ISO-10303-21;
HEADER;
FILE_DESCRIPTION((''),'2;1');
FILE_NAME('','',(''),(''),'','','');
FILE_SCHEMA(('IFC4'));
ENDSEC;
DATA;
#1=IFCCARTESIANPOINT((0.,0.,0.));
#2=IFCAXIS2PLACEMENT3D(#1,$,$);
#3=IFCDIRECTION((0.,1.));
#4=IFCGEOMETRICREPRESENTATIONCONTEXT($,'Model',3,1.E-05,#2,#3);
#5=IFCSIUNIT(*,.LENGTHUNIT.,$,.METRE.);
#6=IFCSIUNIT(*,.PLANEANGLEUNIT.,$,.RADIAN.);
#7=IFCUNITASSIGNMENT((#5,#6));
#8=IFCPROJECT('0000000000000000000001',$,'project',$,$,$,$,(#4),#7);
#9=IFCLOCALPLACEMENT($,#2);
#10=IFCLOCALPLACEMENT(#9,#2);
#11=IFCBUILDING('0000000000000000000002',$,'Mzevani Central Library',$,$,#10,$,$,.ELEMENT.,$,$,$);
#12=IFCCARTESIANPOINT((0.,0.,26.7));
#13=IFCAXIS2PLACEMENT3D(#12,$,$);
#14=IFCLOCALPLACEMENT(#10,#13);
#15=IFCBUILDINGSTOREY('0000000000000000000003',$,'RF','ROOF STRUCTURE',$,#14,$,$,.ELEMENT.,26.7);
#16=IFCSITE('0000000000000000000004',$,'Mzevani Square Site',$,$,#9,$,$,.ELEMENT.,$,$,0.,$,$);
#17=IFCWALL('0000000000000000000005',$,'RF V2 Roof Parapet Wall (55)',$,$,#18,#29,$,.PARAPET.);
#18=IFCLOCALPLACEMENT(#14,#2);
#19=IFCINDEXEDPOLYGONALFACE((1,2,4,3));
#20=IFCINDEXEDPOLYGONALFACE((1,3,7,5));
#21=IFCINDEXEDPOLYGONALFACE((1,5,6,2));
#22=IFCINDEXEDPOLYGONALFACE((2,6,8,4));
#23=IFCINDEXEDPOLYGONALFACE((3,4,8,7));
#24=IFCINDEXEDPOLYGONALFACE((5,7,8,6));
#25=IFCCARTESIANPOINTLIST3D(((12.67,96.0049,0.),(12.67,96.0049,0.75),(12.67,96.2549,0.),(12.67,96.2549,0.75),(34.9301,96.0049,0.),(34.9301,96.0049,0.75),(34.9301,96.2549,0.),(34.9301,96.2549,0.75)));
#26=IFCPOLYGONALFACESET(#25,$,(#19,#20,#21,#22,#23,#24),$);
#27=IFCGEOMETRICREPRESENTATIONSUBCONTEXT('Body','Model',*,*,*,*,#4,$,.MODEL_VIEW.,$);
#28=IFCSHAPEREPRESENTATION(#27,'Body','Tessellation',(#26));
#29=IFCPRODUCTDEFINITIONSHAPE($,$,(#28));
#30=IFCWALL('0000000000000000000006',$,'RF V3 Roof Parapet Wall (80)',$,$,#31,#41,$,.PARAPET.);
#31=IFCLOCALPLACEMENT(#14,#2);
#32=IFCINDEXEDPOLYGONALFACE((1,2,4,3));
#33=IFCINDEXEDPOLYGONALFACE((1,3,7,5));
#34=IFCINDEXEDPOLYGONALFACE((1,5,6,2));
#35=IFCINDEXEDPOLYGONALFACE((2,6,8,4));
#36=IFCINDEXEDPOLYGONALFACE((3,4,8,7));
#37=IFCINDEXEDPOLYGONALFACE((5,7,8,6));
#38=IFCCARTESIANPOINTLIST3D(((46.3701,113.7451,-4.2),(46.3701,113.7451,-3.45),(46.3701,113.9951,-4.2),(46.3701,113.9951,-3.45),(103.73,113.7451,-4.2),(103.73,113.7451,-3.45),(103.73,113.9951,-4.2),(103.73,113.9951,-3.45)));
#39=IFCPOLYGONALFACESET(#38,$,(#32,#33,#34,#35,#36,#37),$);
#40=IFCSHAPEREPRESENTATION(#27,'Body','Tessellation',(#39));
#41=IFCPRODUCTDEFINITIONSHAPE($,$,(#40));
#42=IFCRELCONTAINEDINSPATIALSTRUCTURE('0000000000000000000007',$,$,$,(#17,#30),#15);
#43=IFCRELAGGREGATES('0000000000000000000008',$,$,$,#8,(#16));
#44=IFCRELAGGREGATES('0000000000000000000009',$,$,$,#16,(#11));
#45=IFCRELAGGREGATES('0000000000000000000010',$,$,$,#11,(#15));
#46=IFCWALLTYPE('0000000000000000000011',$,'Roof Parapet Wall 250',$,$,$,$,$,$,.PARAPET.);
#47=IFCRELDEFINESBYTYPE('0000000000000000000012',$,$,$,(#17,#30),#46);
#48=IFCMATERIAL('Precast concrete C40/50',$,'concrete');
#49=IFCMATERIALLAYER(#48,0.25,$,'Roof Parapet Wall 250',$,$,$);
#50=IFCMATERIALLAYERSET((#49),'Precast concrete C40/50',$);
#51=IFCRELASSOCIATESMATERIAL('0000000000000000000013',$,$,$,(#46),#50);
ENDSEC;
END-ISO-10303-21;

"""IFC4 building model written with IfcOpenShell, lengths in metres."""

from ifc_helpers import new_model, si_unit, direction, frame, frame_2d, origin, place, context, subcontext, project, spatial, rectangle, extrude, material, layer, layer_set, type_object, element, save


model = new_model("IFC4")

# Units and contexts
model_context = context("Model", 3, precision=1e-05, world=origin(), true_north=direction((0.0, 1.0)))
body_context = subcontext(model_context, "Body", "Model", "MODEL_VIEW")
ifc_project = project(units=[si_unit("LENGTHUNIT", "METRE"), si_unit("PLANEANGLEUNIT", "RADIAN")], contexts=[model_context])

# Site, building, storey
site_placement = place(None, origin())
site = spatial("IfcSite", under=ifc_project, at=site_placement, Name="Mzevani Square Site", CompositionType="ELEMENT", RefElevation=0.0)
building_placement = place(site_placement, origin())
building = spatial("IfcBuilding", under=site, at=building_placement, Name="Mzevani Central Library", CompositionType="ELEMENT")
storey_placement = place(building_placement, frame((0.0, 0.0, 26.7)))
storey = spatial("IfcBuildingStorey", under=building, at=storey_placement, Name="RF", Description="ROOF STRUCTURE", CompositionType="ELEMENT", Elevation=26.7)

# Walls
ifc_material_1 = material(Name="Precast concrete C40/50", Category="concrete")
ifc_layer = layer(ifc_material_1, 0.25, Name="Roof Parapet Wall 250")
ifc_layer_set = layer_set([ifc_layer], Name="Precast concrete C40/50")
wall_type = type_object("IfcWallType", Name="Roof Parapet Wall 250", PredefinedType="PARAPET", material=ifc_layer_set)
wall_1_placement = place(storey_placement, frame((34.9299, 96.1299, 0.0), z_axis=(0.0, 0.0, 1.0), x_axis=(-1.0, 0.0, 0.0)))
element("IfcWall", 1, at=wall_1_placement, inside=storey, type_object=wall_type, Name="RF V2 Roof Parapet Wall (55)", PredefinedType="PARAPET", context=body_context, shape_type="SweptSolid", body=[
    extrude(rectangle(XDim=22.26, YDim=0.25, at=frame_2d((11.1299, 0.0))), origin(), (0.0, 0.0, 1.0), 0.75),
])
wall_2_placement = place(storey_placement, frame((46.3701, 113.8701, -4.2), z_axis=(0.0, 0.0, 1.0), x_axis=(1.0, 0.0, 0.0)))
element("IfcWall", 2, at=wall_2_placement, inside=storey, type_object=wall_type, Name="RF V3 Roof Parapet Wall (80)", PredefinedType="PARAPET", context=body_context, shape_type="SweptSolid", body=[
    extrude(rectangle(XDim=57.3599, YDim=0.25, at=frame_2d((28.6799, 0.0))), origin(), (0.0, 0.0, 1.0), 0.75),
])

save(model, "model.ifc")
